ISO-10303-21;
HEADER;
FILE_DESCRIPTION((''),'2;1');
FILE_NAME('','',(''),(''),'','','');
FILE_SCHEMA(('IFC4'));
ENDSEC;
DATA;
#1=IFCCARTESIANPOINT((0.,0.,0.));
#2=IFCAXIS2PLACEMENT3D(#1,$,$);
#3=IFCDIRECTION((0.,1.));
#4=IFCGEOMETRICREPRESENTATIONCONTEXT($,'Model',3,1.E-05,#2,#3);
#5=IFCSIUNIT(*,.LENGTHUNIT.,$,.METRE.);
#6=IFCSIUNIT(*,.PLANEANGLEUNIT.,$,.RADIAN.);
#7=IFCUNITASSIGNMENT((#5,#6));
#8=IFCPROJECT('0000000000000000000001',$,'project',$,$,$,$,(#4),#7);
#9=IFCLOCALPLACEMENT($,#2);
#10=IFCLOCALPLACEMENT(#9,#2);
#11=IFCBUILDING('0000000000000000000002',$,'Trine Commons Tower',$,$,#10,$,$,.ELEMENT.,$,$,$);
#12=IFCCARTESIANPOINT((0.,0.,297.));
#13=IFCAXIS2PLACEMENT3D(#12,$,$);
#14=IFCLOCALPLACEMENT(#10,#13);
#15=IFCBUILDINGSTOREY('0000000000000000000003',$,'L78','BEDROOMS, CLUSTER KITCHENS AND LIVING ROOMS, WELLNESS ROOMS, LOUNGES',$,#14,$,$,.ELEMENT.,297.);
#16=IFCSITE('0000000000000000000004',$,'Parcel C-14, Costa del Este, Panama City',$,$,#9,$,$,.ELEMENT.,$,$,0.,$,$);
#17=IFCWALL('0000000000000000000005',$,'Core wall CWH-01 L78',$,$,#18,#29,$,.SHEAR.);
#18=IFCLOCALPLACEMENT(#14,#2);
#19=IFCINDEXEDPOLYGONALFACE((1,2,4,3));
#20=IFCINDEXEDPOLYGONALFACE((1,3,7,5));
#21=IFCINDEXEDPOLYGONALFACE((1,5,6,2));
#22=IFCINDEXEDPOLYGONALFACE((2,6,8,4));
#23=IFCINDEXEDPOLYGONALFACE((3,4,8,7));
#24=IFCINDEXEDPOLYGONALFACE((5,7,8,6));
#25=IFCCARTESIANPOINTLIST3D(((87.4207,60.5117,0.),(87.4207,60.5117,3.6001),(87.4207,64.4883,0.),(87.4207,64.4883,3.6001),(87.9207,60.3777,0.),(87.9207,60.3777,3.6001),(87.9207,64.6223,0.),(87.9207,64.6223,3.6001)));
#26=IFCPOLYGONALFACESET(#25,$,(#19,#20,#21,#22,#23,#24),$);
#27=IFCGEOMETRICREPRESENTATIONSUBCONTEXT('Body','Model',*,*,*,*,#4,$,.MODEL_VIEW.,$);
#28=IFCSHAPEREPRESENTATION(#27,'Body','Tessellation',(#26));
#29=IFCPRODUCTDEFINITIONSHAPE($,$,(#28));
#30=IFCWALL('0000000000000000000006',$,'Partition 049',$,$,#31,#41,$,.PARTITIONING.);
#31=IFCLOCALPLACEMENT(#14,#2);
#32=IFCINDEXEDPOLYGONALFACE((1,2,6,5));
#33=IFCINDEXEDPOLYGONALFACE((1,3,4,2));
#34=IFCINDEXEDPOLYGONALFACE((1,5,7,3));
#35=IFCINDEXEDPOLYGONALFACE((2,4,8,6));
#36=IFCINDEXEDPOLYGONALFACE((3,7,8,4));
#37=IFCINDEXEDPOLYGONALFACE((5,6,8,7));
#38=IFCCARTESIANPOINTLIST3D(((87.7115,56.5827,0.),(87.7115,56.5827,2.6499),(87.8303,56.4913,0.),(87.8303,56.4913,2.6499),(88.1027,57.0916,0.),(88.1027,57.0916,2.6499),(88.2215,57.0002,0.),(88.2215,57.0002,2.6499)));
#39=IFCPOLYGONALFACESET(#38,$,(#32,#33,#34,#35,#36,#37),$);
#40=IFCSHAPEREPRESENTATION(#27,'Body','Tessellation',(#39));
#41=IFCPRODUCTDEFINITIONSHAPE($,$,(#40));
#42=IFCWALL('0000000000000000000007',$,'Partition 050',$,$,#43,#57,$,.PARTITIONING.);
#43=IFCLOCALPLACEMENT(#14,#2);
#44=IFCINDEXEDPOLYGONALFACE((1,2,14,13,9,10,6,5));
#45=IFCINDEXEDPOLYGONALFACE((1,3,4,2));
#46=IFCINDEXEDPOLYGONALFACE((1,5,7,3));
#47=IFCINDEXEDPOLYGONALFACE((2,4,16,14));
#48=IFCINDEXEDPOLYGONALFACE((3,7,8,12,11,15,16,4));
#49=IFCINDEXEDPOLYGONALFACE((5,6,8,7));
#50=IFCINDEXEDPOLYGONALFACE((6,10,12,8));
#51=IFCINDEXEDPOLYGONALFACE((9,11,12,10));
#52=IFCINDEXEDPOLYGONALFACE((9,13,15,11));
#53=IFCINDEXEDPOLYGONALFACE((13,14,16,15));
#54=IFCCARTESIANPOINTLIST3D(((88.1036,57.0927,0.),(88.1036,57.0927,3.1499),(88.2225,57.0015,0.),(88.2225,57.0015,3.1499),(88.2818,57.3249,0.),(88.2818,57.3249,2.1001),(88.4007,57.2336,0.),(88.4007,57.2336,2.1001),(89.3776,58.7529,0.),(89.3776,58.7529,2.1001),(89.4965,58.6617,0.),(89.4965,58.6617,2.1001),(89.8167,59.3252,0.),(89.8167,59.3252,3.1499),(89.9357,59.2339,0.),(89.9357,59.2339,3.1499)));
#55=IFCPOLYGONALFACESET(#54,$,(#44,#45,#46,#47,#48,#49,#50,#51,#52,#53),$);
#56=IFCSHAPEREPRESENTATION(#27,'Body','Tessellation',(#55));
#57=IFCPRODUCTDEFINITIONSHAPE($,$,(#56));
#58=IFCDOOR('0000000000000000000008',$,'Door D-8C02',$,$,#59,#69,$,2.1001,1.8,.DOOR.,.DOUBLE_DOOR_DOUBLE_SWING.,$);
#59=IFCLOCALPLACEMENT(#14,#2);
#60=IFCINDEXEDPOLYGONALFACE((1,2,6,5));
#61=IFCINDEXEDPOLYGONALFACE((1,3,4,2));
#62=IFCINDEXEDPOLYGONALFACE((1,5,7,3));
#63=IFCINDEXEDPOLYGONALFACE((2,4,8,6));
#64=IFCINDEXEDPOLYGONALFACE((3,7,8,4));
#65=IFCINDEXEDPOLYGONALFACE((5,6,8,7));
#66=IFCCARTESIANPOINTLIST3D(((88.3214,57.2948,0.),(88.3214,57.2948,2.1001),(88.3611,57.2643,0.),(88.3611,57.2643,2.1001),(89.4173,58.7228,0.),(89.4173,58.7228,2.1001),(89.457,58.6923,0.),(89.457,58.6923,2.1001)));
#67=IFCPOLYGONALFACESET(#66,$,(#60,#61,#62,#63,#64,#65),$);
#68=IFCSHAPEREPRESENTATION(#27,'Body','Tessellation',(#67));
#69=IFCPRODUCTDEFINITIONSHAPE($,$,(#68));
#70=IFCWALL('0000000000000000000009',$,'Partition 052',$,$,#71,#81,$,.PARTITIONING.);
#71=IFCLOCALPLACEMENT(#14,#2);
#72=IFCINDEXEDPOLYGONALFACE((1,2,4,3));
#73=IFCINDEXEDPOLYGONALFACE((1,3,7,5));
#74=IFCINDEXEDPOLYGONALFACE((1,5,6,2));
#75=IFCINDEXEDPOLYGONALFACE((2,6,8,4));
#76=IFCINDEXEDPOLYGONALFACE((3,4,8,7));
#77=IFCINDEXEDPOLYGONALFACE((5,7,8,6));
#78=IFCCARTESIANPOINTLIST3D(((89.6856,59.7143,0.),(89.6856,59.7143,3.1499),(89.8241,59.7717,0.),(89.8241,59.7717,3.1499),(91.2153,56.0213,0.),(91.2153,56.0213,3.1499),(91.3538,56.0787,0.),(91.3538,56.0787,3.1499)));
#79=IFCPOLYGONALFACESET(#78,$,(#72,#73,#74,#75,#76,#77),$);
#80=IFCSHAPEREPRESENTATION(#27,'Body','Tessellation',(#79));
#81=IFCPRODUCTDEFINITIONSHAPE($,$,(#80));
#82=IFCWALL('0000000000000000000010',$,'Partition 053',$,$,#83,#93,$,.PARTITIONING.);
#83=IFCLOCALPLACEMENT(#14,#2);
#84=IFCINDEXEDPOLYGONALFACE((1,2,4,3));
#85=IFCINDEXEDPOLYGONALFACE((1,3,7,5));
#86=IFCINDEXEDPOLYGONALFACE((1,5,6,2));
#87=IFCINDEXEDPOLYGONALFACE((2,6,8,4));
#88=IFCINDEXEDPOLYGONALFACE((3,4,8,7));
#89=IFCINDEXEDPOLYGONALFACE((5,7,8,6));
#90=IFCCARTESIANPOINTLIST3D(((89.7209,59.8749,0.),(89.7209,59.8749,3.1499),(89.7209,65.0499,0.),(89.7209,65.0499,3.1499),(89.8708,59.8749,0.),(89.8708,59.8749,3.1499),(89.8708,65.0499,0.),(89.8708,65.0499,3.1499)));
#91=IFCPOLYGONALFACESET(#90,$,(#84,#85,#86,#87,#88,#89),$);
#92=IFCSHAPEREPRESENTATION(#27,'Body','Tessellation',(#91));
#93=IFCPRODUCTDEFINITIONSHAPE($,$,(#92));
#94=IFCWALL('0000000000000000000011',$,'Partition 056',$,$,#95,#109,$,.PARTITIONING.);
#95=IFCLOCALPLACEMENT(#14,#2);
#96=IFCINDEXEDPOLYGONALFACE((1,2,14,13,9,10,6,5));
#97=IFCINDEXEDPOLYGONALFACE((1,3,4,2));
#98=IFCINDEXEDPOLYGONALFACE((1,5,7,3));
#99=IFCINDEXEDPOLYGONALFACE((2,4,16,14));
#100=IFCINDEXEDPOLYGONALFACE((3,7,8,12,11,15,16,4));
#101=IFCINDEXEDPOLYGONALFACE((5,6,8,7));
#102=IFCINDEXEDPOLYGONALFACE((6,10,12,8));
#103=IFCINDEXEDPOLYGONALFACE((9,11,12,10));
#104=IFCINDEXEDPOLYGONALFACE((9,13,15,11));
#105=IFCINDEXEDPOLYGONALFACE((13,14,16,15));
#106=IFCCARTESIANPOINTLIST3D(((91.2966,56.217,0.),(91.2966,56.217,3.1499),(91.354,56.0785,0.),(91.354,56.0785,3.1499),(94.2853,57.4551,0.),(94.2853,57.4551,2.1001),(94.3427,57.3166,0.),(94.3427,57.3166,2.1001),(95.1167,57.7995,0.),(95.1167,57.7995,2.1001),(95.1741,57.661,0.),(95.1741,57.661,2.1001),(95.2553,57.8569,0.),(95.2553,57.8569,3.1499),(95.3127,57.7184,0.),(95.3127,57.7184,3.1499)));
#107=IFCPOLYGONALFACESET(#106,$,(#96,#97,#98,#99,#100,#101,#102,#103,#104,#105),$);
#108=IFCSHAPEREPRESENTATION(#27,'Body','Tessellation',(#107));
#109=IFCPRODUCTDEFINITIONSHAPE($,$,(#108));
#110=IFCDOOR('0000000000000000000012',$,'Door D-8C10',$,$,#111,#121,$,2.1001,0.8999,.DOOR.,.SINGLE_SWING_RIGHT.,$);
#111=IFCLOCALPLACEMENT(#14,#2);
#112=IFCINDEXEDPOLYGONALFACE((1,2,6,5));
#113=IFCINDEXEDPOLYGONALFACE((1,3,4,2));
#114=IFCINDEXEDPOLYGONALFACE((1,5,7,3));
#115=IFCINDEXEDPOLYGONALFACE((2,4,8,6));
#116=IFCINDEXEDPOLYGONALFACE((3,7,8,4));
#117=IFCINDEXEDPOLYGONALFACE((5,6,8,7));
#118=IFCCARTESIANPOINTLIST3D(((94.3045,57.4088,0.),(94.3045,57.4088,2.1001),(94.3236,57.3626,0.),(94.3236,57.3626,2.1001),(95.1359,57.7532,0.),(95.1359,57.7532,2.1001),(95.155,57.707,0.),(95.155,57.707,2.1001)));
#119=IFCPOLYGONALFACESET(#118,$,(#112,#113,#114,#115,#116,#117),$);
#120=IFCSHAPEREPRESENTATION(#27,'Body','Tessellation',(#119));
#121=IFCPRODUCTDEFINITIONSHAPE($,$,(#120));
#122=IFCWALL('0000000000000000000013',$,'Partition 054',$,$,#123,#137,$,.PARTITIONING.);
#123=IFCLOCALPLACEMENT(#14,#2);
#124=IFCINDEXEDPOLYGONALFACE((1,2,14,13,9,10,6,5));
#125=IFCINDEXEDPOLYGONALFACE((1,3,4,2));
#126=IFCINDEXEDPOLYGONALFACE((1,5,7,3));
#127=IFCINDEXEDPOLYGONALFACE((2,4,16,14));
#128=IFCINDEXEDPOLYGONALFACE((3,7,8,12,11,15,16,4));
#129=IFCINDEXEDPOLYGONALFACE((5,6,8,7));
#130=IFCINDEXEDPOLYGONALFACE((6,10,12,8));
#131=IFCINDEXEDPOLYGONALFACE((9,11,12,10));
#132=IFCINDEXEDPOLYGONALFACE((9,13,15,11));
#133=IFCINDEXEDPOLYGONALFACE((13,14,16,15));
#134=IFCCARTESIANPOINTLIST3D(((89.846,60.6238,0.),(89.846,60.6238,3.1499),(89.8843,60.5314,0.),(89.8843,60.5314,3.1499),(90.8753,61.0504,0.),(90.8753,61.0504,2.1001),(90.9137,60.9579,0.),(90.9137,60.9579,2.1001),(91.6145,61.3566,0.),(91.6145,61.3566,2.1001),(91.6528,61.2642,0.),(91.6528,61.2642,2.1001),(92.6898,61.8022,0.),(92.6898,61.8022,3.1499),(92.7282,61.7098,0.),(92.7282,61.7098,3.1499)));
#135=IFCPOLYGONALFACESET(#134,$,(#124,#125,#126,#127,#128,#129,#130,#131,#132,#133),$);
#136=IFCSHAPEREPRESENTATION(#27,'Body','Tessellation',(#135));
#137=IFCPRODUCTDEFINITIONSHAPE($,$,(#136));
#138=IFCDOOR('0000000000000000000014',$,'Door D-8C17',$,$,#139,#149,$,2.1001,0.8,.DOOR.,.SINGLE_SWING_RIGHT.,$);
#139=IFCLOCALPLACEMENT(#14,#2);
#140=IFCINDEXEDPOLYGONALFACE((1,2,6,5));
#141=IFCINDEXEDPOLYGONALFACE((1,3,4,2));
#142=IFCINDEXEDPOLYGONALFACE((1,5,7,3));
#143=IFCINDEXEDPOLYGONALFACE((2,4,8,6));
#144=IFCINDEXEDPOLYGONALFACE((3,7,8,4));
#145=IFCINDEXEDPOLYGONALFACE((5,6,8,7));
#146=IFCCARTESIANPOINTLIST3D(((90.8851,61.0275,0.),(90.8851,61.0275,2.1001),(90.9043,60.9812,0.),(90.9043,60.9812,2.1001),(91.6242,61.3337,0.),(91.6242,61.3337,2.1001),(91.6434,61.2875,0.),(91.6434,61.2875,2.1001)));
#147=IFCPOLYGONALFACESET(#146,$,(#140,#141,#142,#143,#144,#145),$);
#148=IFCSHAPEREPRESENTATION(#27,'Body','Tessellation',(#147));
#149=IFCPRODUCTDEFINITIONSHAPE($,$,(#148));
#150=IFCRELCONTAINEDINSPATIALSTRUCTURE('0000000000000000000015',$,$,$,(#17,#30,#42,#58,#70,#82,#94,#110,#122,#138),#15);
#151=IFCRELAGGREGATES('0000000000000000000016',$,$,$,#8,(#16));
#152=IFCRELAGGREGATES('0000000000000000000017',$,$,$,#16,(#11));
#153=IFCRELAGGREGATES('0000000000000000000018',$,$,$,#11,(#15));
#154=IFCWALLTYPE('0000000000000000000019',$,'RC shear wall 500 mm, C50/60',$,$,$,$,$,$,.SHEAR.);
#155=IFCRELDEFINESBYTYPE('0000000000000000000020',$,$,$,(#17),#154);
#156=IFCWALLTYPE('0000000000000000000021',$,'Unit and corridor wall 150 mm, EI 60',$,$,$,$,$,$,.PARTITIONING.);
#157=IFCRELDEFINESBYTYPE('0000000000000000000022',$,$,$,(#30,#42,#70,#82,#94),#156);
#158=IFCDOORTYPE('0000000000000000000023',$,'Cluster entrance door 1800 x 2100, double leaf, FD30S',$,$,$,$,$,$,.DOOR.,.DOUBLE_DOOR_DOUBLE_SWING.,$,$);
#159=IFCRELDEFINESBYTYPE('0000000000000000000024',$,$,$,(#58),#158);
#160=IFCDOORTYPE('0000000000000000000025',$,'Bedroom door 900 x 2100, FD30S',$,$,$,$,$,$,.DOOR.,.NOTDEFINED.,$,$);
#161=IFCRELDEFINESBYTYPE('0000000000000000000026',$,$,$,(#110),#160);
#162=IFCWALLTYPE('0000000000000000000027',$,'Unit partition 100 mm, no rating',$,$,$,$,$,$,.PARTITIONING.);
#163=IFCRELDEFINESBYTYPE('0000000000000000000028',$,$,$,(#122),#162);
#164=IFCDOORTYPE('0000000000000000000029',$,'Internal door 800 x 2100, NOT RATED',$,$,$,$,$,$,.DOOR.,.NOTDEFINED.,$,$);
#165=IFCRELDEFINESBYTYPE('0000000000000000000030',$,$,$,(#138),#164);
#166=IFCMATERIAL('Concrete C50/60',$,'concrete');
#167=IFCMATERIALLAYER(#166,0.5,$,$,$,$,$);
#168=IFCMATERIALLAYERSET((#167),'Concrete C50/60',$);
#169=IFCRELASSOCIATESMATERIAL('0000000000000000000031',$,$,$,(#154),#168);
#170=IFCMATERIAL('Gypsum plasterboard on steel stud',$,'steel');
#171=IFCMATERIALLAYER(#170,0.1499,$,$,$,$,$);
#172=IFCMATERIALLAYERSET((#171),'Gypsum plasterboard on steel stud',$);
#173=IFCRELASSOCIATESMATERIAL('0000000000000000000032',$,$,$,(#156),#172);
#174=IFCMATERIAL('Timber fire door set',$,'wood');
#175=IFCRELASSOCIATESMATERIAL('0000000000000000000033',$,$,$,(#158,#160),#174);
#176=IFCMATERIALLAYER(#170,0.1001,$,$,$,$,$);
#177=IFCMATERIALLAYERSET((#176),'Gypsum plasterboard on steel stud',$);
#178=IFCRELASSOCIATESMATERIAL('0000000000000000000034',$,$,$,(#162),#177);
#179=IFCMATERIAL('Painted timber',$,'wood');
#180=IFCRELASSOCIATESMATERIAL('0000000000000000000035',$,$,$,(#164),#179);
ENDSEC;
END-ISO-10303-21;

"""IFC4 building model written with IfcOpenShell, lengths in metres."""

from ifc_helpers import new_model, si_unit, direction, frame, frame_2d, origin, place, context, subcontext, project, spatial, polyline, rectangle, outline, extrude, material, layer, layer_set, type_object, element, fill, save


model = new_model("IFC4")

# Units and contexts
model_context = context("Model", 3, precision=1e-05, world=origin(), true_north=direction((0.0, 1.0)))
body_context = subcontext(model_context, "Body", "Model", "MODEL_VIEW")
ifc_project = project(units=[si_unit("LENGTHUNIT", "METRE"), si_unit("PLANEANGLEUNIT", "RADIAN")], contexts=[model_context])

# Site, building, storey
site_placement = place(None, origin())
site = spatial("IfcSite", under=ifc_project, at=site_placement, Name="Parcel C-14, Costa del Este, Panama City", CompositionType="ELEMENT", RefElevation=0.0)
building_placement = place(site_placement, origin())
building = spatial("IfcBuilding", under=site, at=building_placement, Name="Trine Commons Tower", CompositionType="ELEMENT")
storey_placement = place(building_placement, frame((0.0, 0.0, 297.0)))
storey = spatial("IfcBuildingStorey", under=building, at=storey_placement, Name="L78", Description="BEDROOMS, CLUSTER KITCHENS AND LIVING ROOMS, WELLNESS ROOMS, LOUNGES", CompositionType="ELEMENT", Elevation=297.0)

# Shared definitions
ifc_material_1 = material(Name="Concrete C50/60", Category="concrete")

# Walls
ifc_layer_1 = layer(ifc_material_1, 0.5)
ifc_layer_set_1 = layer_set([ifc_layer_1], Name="Concrete C50/60")
wall_type_1 = type_object("IfcWallType", Name="RC shear wall 500 mm, C50/60", PredefinedType="SHEAR", material=ifc_layer_set_1)
wall_1_placement = place(storey_placement, frame((87.6707, 60.3777, 0.0), z_axis=(0.0, 0.0, 1.0), x_axis=(0.0, 1.0, 0.0)))
element("IfcWall", 1, at=wall_1_placement, inside=storey, type_object=wall_type_1, Name="Core wall CWH-01 L78", PredefinedType="SHEAR", context=body_context, shape_type="SweptSolid", body=[
    extrude(outline(polyline([(0.0, -0.25), (4.2446, -0.25), (4.1106, 0.25), (0.134, 0.25), (0.0, -0.25)])), origin(), (0.0, 0.0, 1.0), 3.6001),
])
ifc_material_2 = material(Name="Gypsum plasterboard on steel stud", Category="steel")
ifc_layer_2 = layer(ifc_material_2, 0.1499)
ifc_layer_set_2 = layer_set([ifc_layer_2], Name="Gypsum plasterboard on steel stud")
wall_type_2 = type_object("IfcWallType", Name="Unit and corridor wall 150 mm, EI 60", PredefinedType="PARTITIONING", material=ifc_layer_set_2)
wall_2_placement = place(storey_placement, frame((87.771, 56.5371, 0.0), z_axis=(0.0, 0.0, 1.0), x_axis=(0.609453, 0.792822, 0.0)))
element("IfcWall", 2, at=wall_2_placement, inside=storey, type_object=wall_type_2, Name="Partition 049", PredefinedType="PARTITIONING", context=body_context, shape_type="SweptSolid", body=[
    extrude(rectangle(XDim=0.6418, YDim=0.1499, at=frame_2d((0.3208, 0.0))), origin(), (0.0, 0.0, 1.0), 2.6499),
])

# Wall, opening, door
wall_3_placement = place(storey_placement, frame((88.1631, 57.0471, 0.0), z_axis=(0.0, 0.0, 1.0), x_axis=(0.608792, 0.79333, 0.0)))
wall_3 = element("IfcWall", 3, at=wall_3_placement, inside=storey, type_object=wall_type_2, Name="Partition 050", PredefinedType="PARTITIONING", context=body_context, shape_type="SweptSolid", body=[
    extrude(rectangle(XDim=2.814, YDim=0.1499, at=frame_2d((1.407, 0.0))), origin(), (0.0, 0.0, 1.0), 3.1499),
])
opening_1_placement = place(wall_3_placement, frame((0.2927, 0.0, 0.0)))
opening_1 = element("IfcOpeningElement", 4, at=opening_1_placement, cuts=wall_3, PredefinedType="OPENING", context=body_context, shape_type="SweptSolid", body=[
    extrude(rectangle(XDim=1.8, YDim=2.1001, at=frame_2d((0.8999, 1.05))), frame((0.0, 0.085, 0.0), z_axis=(0.0, -1.0, 0.0), x_axis=(1.0, 0.0, 0.0)), (0.0, 0.0, 1.0), 0.1699),
])
ifc_material_3 = material(Name="Timber fire door set", Category="wood")
door_type_1 = type_object("IfcDoorType", Name="Cluster entrance door 1800 x 2100, double leaf, FD30S", OperationType="DOUBLE_DOOR_DOUBLE_SWING", PredefinedType="DOOR", material=ifc_material_3)
door_1_placement = place(opening_1_placement, frame((1.8, 0.0, 0.0), z_axis=(0.0, 0.0, 1.0), x_axis=(-1.0, 0.0, 0.0)))
door_1 = element("IfcDoor", 5, at=door_1_placement, inside=storey, type_object=door_type_1, Name="Door D-8C02", OperationType="DOUBLE_DOOR_DOUBLE_SWING", OverallHeight=2.1001, OverallWidth=1.8, PredefinedType="DOOR", context=body_context, shape_type="SweptSolid", body=[
    extrude(rectangle(XDim=1.8, YDim=2.1001, at=frame_2d((0.8999, 1.05))), frame((0.0, 0.0249, 0.0), z_axis=(0.0, -1.0, 0.0), x_axis=(1.0, 0.0, 0.0)), (0.0, 0.0, 1.0), 0.05),
])
fill(opening_1, door_1)

# Walls
wall_4_placement = place(storey_placement, frame((89.7549, 59.7429, 0.0), z_axis=(0.0, 0.0, 1.0), x_axis=(0.382693, -0.923875, 0.0)))
element("IfcWall", 6, at=wall_4_placement, inside=storey, type_object=wall_type_2, Name="Partition 052", PredefinedType="PARTITIONING", context=body_context, shape_type="SweptSolid", body=[
    extrude(rectangle(XDim=3.9973, YDim=0.1499, at=frame_2d((1.9985, 0.0))), origin(), (0.0, 0.0, 1.0), 3.1499),
])
wall_5_placement = place(storey_placement, frame((89.7959, 59.875, 0.0), z_axis=(0.0, 0.0, 1.0), x_axis=(0.0, 1.0, 0.0)))
element("IfcWall", 7, at=wall_5_placement, inside=storey, type_object=wall_type_2, Name="Partition 053", PredefinedType="PARTITIONING", context=body_context, shape_type="SweptSolid", body=[
    extrude(rectangle(XDim=5.175, YDim=0.1499, at=frame_2d((2.5874, 0.0))), origin(), (0.0, 0.0, 1.0), 3.1499),
])

# Walls, openings, doors
wall_6_placement = place(storey_placement, frame((91.3252, 56.1477, 0.0), z_axis=(0.0, 0.0, 1.0), x_axis=(0.923869, 0.382709, 0.0)))
wall_6 = element("IfcWall", 8, at=wall_6_placement, inside=storey, type_object=wall_type_2, Name="Partition 056", PredefinedType="PARTITIONING", context=body_context, shape_type="SweptSolid", body=[
    extrude(rectangle(XDim=4.2849, YDim=0.1499, at=frame_2d((2.1426, 0.0))), origin(), (0.0, 0.0, 1.0), 3.1499),
])
opening_2_placement = place(wall_6_placement, frame((3.2351, 0.0, 0.0)))
opening_2 = element("IfcOpeningElement", 9, at=opening_2_placement, cuts=wall_6, PredefinedType="OPENING", context=body_context, shape_type="SweptSolid", body=[
    extrude(rectangle(XDim=0.8999, YDim=2.1001, at=frame_2d((0.45, 1.05))), frame((0.0, 0.085, 0.0), z_axis=(0.0, -1.0, 0.0), x_axis=(1.0, 0.0, 0.0)), (0.0, 0.0, 1.0), 0.1699),
])
door_type_2 = type_object("IfcDoorType", Name="Bedroom door 900 x 2100, FD30S", OperationType="NOTDEFINED", PredefinedType="DOOR", material=ifc_material_3)
door_2_placement = place(opening_2_placement, origin())
door_2 = element("IfcDoor", 10, at=door_2_placement, inside=storey, type_object=door_type_2, Name="Door D-8C10", OperationType="SINGLE_SWING_RIGHT", OverallHeight=2.1001, OverallWidth=0.8999, PredefinedType="DOOR", context=body_context, shape_type="SweptSolid", body=[
    extrude(rectangle(XDim=0.8999, YDim=2.1001, at=frame_2d((0.45, 1.05))), frame((0.0, 0.0249, 0.0), z_axis=(0.0, -1.0, 0.0), x_axis=(1.0, 0.0, 0.0)), (0.0, 0.0, 1.0), 0.05),
])
fill(opening_2, door_2)
ifc_layer_3 = layer(ifc_material_2, 0.1001)
ifc_layer_set_3 = layer_set([ifc_layer_3], Name="Gypsum plasterboard on steel stud")
wall_type_3 = type_object("IfcWallType", Name="Unit partition 100 mm, no rating", PredefinedType="PARTITIONING", material=ifc_layer_set_3)
wall_7_placement = place(storey_placement, frame((89.8652, 60.5776, 0.0), z_axis=(0.0, 0.0, 1.0), x_axis=(0.923828, 0.382807, 0.0)))
wall_7 = element("IfcWall", 11, at=wall_7_placement, inside=storey, type_object=wall_type_3, Name="Partition 054", PredefinedType="PARTITIONING", context=body_context, shape_type="SweptSolid", body=[
    extrude(rectangle(XDim=3.0784, YDim=0.1001, at=frame_2d((1.5391, 0.0))), origin(), (0.0, 0.0, 1.0), 3.1499),
])
opening_3_placement = place(wall_7_placement, frame((1.1143, 0.0, 0.0)))
opening_3 = element("IfcOpeningElement", 12, at=opening_3_placement, cuts=wall_7, PredefinedType="OPENING", context=body_context, shape_type="SweptSolid", body=[
    extrude(rectangle(XDim=0.8, YDim=2.1001, at=frame_2d((0.3999, 1.05))), frame((0.0, 0.0601, 0.0), z_axis=(0.0, -1.0, 0.0), x_axis=(1.0, 0.0, 0.0)), (0.0, 0.0, 1.0), 0.1201),
])
ifc_material_4 = material(Name="Painted timber", Category="wood")
door_type_3 = type_object("IfcDoorType", Name="Internal door 800 x 2100, NOT RATED", OperationType="NOTDEFINED", PredefinedType="DOOR", material=ifc_material_4)
door_3_placement = place(opening_3_placement, frame((0.8, 0.0, 0.0), z_axis=(0.0, 0.0, 1.0), x_axis=(-1.0, 0.0, 0.0)))
door_3 = element("IfcDoor", 13, at=door_3_placement, inside=storey, type_object=door_type_3, Name="Door D-8C17", OperationType="SINGLE_SWING_RIGHT", OverallHeight=2.1001, OverallWidth=0.8, PredefinedType="DOOR", context=body_context, shape_type="SweptSolid", body=[
    extrude(rectangle(XDim=0.8, YDim=2.1001, at=frame_2d((0.3999, 1.05))), frame((0.0, 0.0249, 0.0), z_axis=(0.0, -1.0, 0.0), x_axis=(1.0, 0.0, 0.0)), (0.0, 0.0, 1.0), 0.05),
])
fill(opening_3, door_3)

save(model, "model.ifc")
